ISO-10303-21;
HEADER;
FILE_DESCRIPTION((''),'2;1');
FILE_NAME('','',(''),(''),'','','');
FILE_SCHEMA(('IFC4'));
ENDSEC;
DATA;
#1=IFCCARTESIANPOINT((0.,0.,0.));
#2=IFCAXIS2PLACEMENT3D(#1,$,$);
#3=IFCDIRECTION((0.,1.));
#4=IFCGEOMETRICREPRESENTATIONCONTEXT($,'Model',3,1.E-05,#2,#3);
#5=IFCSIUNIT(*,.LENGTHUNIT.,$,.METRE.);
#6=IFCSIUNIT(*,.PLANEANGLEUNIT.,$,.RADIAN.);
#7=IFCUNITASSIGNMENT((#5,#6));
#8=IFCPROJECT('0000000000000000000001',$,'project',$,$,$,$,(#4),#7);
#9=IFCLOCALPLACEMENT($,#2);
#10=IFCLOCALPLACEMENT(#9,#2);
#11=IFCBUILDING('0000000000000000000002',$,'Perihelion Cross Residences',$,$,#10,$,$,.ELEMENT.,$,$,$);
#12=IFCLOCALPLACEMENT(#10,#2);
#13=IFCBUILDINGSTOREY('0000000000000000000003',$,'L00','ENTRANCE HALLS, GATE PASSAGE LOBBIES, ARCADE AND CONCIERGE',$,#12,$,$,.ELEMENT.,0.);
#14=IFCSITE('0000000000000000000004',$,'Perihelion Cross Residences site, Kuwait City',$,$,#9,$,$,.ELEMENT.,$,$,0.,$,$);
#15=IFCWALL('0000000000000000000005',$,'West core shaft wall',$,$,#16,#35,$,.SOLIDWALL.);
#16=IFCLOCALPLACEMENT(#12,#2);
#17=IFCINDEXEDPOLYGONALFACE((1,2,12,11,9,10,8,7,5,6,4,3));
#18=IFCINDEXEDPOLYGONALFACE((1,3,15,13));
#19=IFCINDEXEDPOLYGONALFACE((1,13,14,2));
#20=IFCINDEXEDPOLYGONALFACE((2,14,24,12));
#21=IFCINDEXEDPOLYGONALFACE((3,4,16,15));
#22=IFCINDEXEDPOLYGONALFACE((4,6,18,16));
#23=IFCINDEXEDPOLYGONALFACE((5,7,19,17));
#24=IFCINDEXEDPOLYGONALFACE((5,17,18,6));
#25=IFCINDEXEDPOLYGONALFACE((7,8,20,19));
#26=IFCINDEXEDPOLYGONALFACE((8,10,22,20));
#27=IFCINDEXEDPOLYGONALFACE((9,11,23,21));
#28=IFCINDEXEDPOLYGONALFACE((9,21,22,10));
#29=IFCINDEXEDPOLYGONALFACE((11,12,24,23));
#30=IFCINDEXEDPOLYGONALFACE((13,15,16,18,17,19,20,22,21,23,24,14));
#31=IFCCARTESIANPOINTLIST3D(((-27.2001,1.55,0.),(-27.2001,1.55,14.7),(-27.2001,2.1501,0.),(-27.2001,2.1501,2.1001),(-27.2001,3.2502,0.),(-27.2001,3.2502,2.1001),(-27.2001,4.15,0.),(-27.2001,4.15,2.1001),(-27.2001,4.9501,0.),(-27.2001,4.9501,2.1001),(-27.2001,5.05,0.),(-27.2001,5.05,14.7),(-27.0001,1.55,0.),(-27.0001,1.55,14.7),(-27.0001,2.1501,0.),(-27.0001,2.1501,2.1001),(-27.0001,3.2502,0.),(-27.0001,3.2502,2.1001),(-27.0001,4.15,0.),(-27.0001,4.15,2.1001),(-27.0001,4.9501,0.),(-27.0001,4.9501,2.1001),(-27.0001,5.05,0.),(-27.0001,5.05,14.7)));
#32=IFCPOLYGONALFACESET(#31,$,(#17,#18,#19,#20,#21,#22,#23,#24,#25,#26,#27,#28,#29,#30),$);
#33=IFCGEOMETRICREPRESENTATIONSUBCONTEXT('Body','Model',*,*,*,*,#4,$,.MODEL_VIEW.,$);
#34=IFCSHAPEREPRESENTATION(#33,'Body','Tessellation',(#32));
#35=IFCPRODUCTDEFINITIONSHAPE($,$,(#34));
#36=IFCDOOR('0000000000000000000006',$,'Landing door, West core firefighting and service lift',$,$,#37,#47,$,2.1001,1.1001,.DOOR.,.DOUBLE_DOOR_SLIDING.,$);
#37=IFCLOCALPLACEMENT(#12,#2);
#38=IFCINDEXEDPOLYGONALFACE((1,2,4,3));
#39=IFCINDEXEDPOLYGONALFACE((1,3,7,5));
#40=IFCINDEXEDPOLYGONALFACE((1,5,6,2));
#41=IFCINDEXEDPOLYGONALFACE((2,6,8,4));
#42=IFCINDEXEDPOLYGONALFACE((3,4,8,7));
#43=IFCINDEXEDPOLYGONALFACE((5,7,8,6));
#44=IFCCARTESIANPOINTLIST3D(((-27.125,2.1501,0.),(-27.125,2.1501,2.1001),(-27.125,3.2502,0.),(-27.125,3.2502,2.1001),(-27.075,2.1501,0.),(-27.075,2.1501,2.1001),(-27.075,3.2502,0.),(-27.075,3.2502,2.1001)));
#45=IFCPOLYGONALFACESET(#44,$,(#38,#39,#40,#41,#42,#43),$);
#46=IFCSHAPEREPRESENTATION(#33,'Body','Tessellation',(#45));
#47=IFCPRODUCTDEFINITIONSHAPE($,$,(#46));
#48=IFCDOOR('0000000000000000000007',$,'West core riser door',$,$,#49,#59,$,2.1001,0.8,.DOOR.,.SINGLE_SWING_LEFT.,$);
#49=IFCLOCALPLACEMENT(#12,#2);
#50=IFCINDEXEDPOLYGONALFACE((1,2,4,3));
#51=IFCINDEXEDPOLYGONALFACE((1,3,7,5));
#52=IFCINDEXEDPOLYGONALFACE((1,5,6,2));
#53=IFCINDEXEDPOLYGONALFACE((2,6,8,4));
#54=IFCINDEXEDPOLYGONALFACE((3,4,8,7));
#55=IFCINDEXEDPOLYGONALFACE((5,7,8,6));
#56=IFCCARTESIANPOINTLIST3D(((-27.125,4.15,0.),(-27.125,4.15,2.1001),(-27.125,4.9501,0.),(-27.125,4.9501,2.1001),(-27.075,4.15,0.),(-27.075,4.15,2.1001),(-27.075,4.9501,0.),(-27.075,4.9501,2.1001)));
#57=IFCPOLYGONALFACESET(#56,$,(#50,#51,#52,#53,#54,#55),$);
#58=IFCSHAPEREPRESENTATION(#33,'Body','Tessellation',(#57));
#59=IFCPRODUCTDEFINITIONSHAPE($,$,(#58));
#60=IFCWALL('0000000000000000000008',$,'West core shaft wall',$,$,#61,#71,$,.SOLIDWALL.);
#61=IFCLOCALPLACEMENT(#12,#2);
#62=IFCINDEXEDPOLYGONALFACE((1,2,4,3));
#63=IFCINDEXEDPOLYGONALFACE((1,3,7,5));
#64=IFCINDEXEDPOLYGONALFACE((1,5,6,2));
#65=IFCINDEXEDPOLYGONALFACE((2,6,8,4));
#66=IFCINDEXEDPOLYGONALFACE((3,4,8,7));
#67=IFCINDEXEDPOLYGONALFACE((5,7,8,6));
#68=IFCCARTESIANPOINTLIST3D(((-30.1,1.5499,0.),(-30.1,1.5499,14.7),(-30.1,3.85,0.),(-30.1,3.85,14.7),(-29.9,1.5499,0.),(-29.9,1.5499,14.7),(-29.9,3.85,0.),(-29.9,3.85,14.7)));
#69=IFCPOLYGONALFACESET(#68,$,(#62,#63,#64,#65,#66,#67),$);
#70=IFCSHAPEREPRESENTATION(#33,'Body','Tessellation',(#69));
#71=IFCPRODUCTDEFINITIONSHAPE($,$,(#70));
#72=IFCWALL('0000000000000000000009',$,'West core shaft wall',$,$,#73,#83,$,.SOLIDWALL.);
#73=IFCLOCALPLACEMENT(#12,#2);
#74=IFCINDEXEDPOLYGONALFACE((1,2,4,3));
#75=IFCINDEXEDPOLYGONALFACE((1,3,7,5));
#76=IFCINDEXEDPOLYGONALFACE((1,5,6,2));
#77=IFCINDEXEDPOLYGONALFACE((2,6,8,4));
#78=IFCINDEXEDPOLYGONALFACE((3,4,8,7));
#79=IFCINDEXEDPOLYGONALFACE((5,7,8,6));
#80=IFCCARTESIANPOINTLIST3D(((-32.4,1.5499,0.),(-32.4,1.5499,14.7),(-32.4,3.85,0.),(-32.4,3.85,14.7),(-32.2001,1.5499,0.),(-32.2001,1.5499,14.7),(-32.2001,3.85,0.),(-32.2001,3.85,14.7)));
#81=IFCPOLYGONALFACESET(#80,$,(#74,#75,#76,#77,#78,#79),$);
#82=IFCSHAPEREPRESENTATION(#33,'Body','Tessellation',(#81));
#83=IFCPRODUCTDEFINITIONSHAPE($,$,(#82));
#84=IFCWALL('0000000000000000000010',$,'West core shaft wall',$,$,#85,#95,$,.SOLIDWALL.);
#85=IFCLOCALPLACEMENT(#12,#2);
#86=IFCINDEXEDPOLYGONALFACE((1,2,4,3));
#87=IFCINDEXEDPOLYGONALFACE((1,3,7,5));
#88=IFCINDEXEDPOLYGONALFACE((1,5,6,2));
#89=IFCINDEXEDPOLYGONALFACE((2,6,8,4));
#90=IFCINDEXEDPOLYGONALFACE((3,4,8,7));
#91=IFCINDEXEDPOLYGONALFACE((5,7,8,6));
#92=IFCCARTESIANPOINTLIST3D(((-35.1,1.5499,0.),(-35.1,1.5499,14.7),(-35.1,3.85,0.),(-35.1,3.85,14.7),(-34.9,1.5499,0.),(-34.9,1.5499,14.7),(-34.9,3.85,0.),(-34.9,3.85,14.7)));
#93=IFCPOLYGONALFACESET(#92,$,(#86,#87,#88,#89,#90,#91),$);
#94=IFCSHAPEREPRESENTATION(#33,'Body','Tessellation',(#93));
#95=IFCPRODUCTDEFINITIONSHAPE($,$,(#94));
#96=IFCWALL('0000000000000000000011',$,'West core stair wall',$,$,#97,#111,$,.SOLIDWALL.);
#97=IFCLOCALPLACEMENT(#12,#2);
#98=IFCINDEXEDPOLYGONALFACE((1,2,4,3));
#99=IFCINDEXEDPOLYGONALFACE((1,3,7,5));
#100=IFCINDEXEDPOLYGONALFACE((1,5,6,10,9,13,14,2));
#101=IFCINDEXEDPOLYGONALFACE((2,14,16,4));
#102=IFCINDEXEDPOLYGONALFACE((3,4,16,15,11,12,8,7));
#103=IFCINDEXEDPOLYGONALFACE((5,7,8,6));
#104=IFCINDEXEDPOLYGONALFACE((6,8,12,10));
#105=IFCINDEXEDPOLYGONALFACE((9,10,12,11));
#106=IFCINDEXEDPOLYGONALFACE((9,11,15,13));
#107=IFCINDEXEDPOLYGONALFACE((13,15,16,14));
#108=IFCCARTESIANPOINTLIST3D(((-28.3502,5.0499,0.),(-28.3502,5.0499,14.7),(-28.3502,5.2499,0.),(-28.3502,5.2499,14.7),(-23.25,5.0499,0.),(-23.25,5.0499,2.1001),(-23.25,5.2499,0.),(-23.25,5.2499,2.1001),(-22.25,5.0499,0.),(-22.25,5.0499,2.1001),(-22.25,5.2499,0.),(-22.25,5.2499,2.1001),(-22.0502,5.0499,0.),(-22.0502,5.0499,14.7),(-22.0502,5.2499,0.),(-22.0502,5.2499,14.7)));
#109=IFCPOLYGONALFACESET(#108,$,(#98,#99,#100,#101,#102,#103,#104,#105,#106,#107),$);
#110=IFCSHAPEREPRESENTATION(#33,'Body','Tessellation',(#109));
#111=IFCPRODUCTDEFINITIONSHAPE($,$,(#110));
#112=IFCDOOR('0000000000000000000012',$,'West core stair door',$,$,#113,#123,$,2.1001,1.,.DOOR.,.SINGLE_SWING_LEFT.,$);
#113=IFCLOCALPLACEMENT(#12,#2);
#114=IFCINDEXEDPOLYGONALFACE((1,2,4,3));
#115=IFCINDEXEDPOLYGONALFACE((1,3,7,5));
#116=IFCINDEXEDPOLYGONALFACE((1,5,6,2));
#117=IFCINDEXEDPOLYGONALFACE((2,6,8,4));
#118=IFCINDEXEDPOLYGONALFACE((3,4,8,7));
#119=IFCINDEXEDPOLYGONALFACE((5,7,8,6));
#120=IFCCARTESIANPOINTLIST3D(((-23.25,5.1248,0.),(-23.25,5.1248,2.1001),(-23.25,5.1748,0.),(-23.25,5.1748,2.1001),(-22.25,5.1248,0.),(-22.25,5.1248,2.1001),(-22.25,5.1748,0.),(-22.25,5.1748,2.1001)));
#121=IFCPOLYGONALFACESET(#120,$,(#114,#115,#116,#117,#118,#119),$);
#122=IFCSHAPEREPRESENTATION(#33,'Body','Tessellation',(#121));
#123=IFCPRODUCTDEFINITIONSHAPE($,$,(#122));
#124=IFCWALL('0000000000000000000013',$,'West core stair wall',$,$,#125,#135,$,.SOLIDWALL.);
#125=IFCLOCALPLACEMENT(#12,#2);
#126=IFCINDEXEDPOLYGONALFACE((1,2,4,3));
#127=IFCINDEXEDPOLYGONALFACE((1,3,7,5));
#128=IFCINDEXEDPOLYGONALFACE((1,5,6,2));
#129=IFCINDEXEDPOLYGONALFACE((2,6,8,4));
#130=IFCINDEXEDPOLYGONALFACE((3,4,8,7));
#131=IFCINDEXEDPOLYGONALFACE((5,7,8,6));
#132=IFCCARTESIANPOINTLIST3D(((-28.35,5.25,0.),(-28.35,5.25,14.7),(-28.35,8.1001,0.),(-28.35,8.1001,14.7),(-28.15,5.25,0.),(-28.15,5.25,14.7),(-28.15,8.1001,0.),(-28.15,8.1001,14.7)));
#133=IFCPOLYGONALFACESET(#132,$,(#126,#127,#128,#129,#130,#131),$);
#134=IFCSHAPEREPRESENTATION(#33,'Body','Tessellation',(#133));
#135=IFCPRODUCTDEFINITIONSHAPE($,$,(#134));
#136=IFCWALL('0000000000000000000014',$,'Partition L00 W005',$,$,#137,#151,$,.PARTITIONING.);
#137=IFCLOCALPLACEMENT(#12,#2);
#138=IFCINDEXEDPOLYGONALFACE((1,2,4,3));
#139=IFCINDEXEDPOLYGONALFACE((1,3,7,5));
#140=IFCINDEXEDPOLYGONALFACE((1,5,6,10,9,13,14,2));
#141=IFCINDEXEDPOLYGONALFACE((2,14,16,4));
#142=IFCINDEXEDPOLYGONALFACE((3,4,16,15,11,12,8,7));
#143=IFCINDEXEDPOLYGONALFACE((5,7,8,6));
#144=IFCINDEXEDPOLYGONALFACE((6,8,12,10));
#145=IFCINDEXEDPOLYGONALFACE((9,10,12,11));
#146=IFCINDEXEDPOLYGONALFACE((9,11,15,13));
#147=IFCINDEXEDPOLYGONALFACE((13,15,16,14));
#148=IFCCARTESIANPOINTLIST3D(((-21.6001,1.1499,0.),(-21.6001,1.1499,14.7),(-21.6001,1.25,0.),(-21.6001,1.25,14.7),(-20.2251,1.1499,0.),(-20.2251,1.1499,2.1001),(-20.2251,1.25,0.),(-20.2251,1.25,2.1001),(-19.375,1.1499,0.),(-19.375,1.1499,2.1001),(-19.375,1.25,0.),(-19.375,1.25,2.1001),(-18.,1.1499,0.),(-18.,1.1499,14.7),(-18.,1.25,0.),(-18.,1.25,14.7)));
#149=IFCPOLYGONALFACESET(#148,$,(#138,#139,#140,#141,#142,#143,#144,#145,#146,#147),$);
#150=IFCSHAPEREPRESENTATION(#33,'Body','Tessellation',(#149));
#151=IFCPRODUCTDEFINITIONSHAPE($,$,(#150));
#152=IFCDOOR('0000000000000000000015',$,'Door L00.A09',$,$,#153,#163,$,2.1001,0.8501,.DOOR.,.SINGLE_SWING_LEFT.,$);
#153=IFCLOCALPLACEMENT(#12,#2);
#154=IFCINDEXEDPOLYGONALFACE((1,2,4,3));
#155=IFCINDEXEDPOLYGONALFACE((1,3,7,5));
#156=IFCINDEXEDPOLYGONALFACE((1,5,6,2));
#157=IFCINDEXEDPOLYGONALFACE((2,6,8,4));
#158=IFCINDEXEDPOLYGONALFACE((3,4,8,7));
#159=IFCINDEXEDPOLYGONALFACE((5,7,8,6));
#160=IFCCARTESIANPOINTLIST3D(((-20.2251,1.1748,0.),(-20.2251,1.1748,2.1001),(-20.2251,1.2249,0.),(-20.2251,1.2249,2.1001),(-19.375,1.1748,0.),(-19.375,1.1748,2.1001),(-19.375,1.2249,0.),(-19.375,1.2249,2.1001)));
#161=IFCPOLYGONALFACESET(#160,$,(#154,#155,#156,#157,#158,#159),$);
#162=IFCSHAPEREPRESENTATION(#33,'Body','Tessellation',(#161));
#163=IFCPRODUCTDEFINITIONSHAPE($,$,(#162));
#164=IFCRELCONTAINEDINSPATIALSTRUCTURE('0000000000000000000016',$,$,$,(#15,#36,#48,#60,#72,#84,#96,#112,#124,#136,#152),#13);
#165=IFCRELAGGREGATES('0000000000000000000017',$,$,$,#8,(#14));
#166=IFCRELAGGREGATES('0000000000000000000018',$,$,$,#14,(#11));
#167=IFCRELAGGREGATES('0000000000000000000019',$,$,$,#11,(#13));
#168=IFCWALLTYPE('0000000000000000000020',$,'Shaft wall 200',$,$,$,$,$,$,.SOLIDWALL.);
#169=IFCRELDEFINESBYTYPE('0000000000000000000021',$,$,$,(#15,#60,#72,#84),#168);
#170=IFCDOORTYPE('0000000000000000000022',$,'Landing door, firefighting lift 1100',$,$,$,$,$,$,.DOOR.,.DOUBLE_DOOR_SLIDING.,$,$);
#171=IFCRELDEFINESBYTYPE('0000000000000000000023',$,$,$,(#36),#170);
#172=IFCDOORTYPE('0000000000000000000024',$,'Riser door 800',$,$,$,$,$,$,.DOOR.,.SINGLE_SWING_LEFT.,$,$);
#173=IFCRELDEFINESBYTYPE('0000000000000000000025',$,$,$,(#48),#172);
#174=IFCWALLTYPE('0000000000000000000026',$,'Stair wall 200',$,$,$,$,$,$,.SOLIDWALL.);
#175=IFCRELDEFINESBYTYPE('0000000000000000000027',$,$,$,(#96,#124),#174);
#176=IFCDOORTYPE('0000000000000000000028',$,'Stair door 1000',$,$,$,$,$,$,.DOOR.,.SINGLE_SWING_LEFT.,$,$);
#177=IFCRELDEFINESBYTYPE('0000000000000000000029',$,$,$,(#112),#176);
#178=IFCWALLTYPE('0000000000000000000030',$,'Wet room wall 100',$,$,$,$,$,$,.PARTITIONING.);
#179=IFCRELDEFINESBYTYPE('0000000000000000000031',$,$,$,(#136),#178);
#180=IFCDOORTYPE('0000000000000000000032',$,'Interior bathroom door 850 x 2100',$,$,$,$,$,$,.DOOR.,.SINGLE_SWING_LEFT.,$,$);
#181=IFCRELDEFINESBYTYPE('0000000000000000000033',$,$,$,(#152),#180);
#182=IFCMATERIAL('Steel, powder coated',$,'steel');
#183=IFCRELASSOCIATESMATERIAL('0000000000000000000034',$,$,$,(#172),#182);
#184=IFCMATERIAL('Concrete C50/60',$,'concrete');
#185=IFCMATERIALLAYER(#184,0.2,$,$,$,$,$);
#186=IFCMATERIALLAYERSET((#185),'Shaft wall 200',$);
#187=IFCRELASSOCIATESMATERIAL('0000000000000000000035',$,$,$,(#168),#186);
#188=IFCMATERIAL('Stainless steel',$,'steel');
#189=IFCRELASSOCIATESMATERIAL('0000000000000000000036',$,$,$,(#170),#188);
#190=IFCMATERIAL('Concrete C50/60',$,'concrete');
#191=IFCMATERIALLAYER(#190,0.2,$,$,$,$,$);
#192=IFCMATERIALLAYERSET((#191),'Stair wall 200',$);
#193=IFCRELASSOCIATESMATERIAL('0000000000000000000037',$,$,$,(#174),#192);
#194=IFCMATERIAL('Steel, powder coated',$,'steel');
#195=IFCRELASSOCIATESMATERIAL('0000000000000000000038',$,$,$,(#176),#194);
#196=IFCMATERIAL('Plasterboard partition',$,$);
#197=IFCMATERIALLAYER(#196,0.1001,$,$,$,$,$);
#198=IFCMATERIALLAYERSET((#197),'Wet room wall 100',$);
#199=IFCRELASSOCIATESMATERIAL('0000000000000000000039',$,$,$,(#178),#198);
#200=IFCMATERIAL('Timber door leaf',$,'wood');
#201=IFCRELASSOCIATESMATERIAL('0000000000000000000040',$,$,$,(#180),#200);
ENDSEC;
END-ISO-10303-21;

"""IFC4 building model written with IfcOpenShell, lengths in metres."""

from ifc_helpers import new_model, si_unit, direction, frame, frame_2d, origin, place, context, subcontext, project, spatial, rectangle, extrude, material, layer, layer_set, type_object, element, fill, save


model = new_model("IFC4")

# Units and contexts
model_context = context("Model", 3, precision=1e-05, world=origin(), true_north=direction((0.0, 1.0)))
body_context = subcontext(model_context, "Body", "Model", "MODEL_VIEW")
ifc_project = project(units=[si_unit("LENGTHUNIT", "METRE"), si_unit("PLANEANGLEUNIT", "RADIAN")], contexts=[model_context])

# Site, building, storey
site_placement = place(None, origin())
site = spatial("IfcSite", under=ifc_project, at=site_placement, Name="Perihelion Cross Residences site, Kuwait City", CompositionType="ELEMENT", RefElevation=0.0)
building_placement = place(site_placement, origin())
building = spatial("IfcBuilding", under=site, at=building_placement, Name="Perihelion Cross Residences", CompositionType="ELEMENT")
storey_placement = place(building_placement, origin())
storey = spatial("IfcBuildingStorey", under=building, at=storey_placement, Name="L00", Description="ENTRANCE HALLS, GATE PASSAGE LOBBIES, ARCADE AND CONCIERGE", CompositionType="ELEMENT", Elevation=0.0)

# Shared definitions
ifc_material_1 = material(Name="Steel, powder coated", Category="steel")
door_type_1 = type_object("IfcDoorType", Name="Riser door 800", OperationType="SINGLE_SWING_LEFT", PredefinedType="DOOR", material=ifc_material_1)

# Shared definitions
ifc_material_2 = material(Name="Concrete C50/60", Category="concrete")
ifc_layer_1 = layer(ifc_material_2, 0.2)
ifc_layer_set_1 = layer_set([ifc_layer_1], Name="Shaft wall 200")
wall_type_1 = type_object("IfcWallType", Name="Shaft wall 200", PredefinedType="SOLIDWALL", material=ifc_layer_set_1)

# Wall, openings, doors
wall_1_placement = place(storey_placement, frame((-27.1001, 1.55, 0.0), z_axis=(0.0, 0.0, 1.0), x_axis=(0.0, 1.0, 0.0)))
wall_1 = element("IfcWall", 1, at=wall_1_placement, inside=storey, type_object=wall_type_1, Name="West core shaft wall", PredefinedType="SOLIDWALL", context=body_context, shape_type="SweptSolid", body=[
    extrude(rectangle(XDim=3.5, YDim=0.2, at=frame_2d((1.75, 0.0))), origin(), (0.0, 0.0, 1.0), 14.7),
])
opening_1_placement = place(wall_1_placement, frame((0.6001, 0.0, 0.0)))
opening_1 = element("IfcOpeningElement", 2, at=opening_1_placement, cuts=wall_1, PredefinedType="OPENING", context=body_context, shape_type="SweptSolid", body=[
    extrude(rectangle(XDim=1.1001, YDim=2.1001, at=frame_2d((0.55, 1.05))), frame((0.0, 0.1099, 0.0), z_axis=(0.0, -1.0, 0.0), x_axis=(1.0, 0.0, 0.0)), (0.0, 0.0, 1.0), 0.22),
])
opening_2_placement = place(wall_1_placement, frame((2.6001, 0.0, 0.0)))
opening_2 = element("IfcOpeningElement", 3, at=opening_2_placement, cuts=wall_1, PredefinedType="OPENING", context=body_context, shape_type="SweptSolid", body=[
    extrude(rectangle(XDim=0.8, YDim=2.1001, at=frame_2d((0.3999, 1.05))), frame((0.0, 0.1099, 0.0), z_axis=(0.0, -1.0, 0.0), x_axis=(1.0, 0.0, 0.0)), (0.0, 0.0, 1.0), 0.22),
])
ifc_material_3 = material(Name="Stainless steel", Category="steel")
door_type_2 = type_object("IfcDoorType", Name="Landing door, firefighting lift 1100", OperationType="DOUBLE_DOOR_SLIDING", PredefinedType="DOOR", material=ifc_material_3)
door_1_placement = place(opening_1_placement, origin())
door_1 = element("IfcDoor", 4, at=door_1_placement, inside=storey, type_object=door_type_2, Name="Landing door, West core firefighting and service lift", OperationType="DOUBLE_DOOR_SLIDING", OverallHeight=2.1001, OverallWidth=1.1001, PredefinedType="DOOR", context=body_context, shape_type="SweptSolid", body=[
    extrude(rectangle(XDim=1.1001, YDim=2.1001, at=frame_2d((0.55, 1.05))), frame((0.0, 0.0249, 0.0), z_axis=(0.0, -1.0, 0.0), x_axis=(1.0, 0.0, 0.0)), (0.0, 0.0, 1.0), 0.05),
])
fill(opening_1, door_1)
door_2_placement = place(opening_2_placement, origin())
door_2 = element("IfcDoor", 5, at=door_2_placement, inside=storey, type_object=door_type_1, Name="West core riser door", OperationType="SINGLE_SWING_LEFT", OverallHeight=2.1001, OverallWidth=0.8, PredefinedType="DOOR", context=body_context, shape_type="SweptSolid", body=[
    extrude(rectangle(XDim=0.8, YDim=2.1001, at=frame_2d((0.3999, 1.05))), frame((0.0, 0.0249, 0.0), z_axis=(0.0, -1.0, 0.0), x_axis=(1.0, 0.0, 0.0)), (0.0, 0.0, 1.0), 0.05),
])
fill(opening_2, door_2)

# Walls
for number, where, z_axis, x_axis, name in (
    (6, (-30.0, 1.55, 0.0), (0.0, 0.0, 1.0), (0.0, 1.0, 0.0), "West core shaft wall"),
    (7, (-32.3, 1.55, 0.0), (0.0, 0.0, 1.0), (0.0, 1.0, 0.0), "West core shaft wall"),
    (8, (-35.0, 1.55, 0.0), (0.0, 0.0, 1.0), (0.0, 1.0, 0.0), "West core shaft wall"),
):
    element("IfcWall", number, at=place(storey_placement, frame(where, z_axis=z_axis, x_axis=x_axis)), inside=storey, type_object=wall_type_1, Name=name, PredefinedType="SOLIDWALL", context=body_context, shape_type="SweptSolid", body=[
        extrude(rectangle(XDim=2.3, YDim=0.2, at=frame_2d((1.1499, 0.0))), origin(), (0.0, 0.0, 1.0), 14.7),
    ])

# Wall, opening, door
ifc_material_4 = material(Name="Concrete C50/60", Category="concrete")
ifc_layer_2 = layer(ifc_material_4, 0.2)
ifc_layer_set_2 = layer_set([ifc_layer_2], Name="Stair wall 200")
wall_type_2 = type_object("IfcWallType", Name="Stair wall 200", PredefinedType="SOLIDWALL", material=ifc_layer_set_2)
wall_2_placement = place(storey_placement, frame((-28.3501, 5.1499, 0.0), z_axis=(0.0, 0.0, 1.0), x_axis=(1.0, 0.0, 0.0)))
wall_2 = element("IfcWall", 9, at=wall_2_placement, inside=storey, type_object=wall_type_2, Name="West core stair wall", PredefinedType="SOLIDWALL", context=body_context, shape_type="SweptSolid", body=[
    extrude(rectangle(XDim=6.3, YDim=0.2, at=frame_2d((3.1499, 0.0))), origin(), (0.0, 0.0, 1.0), 14.7),
])
opening_3_placement = place(wall_2_placement, frame((5.1001, 0.0, 0.0)))
opening_3 = element("IfcOpeningElement", 10, at=opening_3_placement, cuts=wall_2, PredefinedType="OPENING", context=body_context, shape_type="SweptSolid", body=[
    extrude(rectangle(XDim=1.0, YDim=2.1001, at=frame_2d((0.5, 1.05))), frame((0.0, 0.1099, 0.0), z_axis=(0.0, -1.0, 0.0), x_axis=(1.0, 0.0, 0.0)), (0.0, 0.0, 1.0), 0.22),
])
ifc_material_5 = material(Name="Steel, powder coated", Category="steel")
door_type_3 = type_object("IfcDoorType", Name="Stair door 1000", OperationType="SINGLE_SWING_LEFT", PredefinedType="DOOR", material=ifc_material_5)
door_3_placement = place(opening_3_placement, origin())
door_3 = element("IfcDoor", 11, at=door_3_placement, inside=storey, type_object=door_type_3, Name="West core stair door", OperationType="SINGLE_SWING_LEFT", OverallHeight=2.1001, OverallWidth=1.0, PredefinedType="DOOR", context=body_context, shape_type="SweptSolid", body=[
    extrude(rectangle(XDim=1.0, YDim=2.1001, at=frame_2d((0.5, 1.05))), frame((0.0, 0.0249, 0.0), z_axis=(0.0, -1.0, 0.0), x_axis=(1.0, 0.0, 0.0)), (0.0, 0.0, 1.0), 0.05),
])
fill(opening_3, door_3)

# Wall
wall_3_placement = place(storey_placement, frame((-28.25, 5.25, 0.0), z_axis=(0.0, 0.0, 1.0), x_axis=(0.0, 1.0, 0.0)))
element("IfcWall", 12, at=wall_3_placement, inside=storey, type_object=wall_type_2, Name="West core stair wall", PredefinedType="SOLIDWALL", context=body_context, shape_type="SweptSolid", body=[
    extrude(rectangle(XDim=2.8501, YDim=0.2, at=frame_2d((1.425, 0.0))), origin(), (0.0, 0.0, 1.0), 14.7),
])

# Wall, opening, door
ifc_material_6 = material(Name="Plasterboard partition")
ifc_layer_3 = layer(ifc_material_6, 0.1001)
ifc_layer_set_3 = layer_set([ifc_layer_3], Name="Wet room wall 100")
wall_type_3 = type_object("IfcWallType", Name="Wet room wall 100", PredefinedType="PARTITIONING", material=ifc_layer_set_3)
wall_4_placement = place(storey_placement, frame((-21.6001, 1.2, 0.0), z_axis=(0.0, 0.0, 1.0), x_axis=(1.0, 0.0, 0.0)))
wall_4 = element("IfcWall", 13, at=wall_4_placement, inside=storey, type_object=wall_type_3, Name="Partition L00 W005", PredefinedType="PARTITIONING", context=body_context, shape_type="SweptSolid", body=[
    extrude(rectangle(XDim=3.6001, YDim=0.1001, at=frame_2d((1.8, 0.0))), origin(), (0.0, 0.0, 1.0), 14.7),
])
opening_4_placement = place(wall_4_placement, frame((1.375, 0.0, 0.0)))
opening_4 = element("IfcOpeningElement", 14, at=opening_4_placement, cuts=wall_4, PredefinedType="OPENING", context=body_context, shape_type="SweptSolid", body=[
    extrude(rectangle(XDim=0.8501, YDim=2.1001, at=frame_2d((0.425, 1.05))), frame((0.0, 0.0601, 0.0), z_axis=(0.0, -1.0, 0.0), x_axis=(1.0, 0.0, 0.0)), (0.0, 0.0, 1.0), 0.1201),
])
ifc_material_7 = material(Name="Timber door leaf", Category="wood")
door_type_4 = type_object("IfcDoorType", Name="Interior bathroom door 850 x 2100", OperationType="SINGLE_SWING_LEFT", PredefinedType="DOOR", material=ifc_material_7)
door_4_placement = place(opening_4_placement, origin())
door_4 = element("IfcDoor", 15, at=door_4_placement, inside=storey, type_object=door_type_4, Name="Door L00.A09", OperationType="SINGLE_SWING_LEFT", OverallHeight=2.1001, OverallWidth=0.8501, PredefinedType="DOOR", context=body_context, shape_type="SweptSolid", body=[
    extrude(rectangle(XDim=0.8501, YDim=2.1001, at=frame_2d((0.425, 1.05))), frame((0.0, 0.0249, 0.0), z_axis=(0.0, -1.0, 0.0), x_axis=(1.0, 0.0, 0.0)), (0.0, 0.0, 1.0), 0.05),
])
fill(opening_4, door_4)

save(model, "model.ifc")
